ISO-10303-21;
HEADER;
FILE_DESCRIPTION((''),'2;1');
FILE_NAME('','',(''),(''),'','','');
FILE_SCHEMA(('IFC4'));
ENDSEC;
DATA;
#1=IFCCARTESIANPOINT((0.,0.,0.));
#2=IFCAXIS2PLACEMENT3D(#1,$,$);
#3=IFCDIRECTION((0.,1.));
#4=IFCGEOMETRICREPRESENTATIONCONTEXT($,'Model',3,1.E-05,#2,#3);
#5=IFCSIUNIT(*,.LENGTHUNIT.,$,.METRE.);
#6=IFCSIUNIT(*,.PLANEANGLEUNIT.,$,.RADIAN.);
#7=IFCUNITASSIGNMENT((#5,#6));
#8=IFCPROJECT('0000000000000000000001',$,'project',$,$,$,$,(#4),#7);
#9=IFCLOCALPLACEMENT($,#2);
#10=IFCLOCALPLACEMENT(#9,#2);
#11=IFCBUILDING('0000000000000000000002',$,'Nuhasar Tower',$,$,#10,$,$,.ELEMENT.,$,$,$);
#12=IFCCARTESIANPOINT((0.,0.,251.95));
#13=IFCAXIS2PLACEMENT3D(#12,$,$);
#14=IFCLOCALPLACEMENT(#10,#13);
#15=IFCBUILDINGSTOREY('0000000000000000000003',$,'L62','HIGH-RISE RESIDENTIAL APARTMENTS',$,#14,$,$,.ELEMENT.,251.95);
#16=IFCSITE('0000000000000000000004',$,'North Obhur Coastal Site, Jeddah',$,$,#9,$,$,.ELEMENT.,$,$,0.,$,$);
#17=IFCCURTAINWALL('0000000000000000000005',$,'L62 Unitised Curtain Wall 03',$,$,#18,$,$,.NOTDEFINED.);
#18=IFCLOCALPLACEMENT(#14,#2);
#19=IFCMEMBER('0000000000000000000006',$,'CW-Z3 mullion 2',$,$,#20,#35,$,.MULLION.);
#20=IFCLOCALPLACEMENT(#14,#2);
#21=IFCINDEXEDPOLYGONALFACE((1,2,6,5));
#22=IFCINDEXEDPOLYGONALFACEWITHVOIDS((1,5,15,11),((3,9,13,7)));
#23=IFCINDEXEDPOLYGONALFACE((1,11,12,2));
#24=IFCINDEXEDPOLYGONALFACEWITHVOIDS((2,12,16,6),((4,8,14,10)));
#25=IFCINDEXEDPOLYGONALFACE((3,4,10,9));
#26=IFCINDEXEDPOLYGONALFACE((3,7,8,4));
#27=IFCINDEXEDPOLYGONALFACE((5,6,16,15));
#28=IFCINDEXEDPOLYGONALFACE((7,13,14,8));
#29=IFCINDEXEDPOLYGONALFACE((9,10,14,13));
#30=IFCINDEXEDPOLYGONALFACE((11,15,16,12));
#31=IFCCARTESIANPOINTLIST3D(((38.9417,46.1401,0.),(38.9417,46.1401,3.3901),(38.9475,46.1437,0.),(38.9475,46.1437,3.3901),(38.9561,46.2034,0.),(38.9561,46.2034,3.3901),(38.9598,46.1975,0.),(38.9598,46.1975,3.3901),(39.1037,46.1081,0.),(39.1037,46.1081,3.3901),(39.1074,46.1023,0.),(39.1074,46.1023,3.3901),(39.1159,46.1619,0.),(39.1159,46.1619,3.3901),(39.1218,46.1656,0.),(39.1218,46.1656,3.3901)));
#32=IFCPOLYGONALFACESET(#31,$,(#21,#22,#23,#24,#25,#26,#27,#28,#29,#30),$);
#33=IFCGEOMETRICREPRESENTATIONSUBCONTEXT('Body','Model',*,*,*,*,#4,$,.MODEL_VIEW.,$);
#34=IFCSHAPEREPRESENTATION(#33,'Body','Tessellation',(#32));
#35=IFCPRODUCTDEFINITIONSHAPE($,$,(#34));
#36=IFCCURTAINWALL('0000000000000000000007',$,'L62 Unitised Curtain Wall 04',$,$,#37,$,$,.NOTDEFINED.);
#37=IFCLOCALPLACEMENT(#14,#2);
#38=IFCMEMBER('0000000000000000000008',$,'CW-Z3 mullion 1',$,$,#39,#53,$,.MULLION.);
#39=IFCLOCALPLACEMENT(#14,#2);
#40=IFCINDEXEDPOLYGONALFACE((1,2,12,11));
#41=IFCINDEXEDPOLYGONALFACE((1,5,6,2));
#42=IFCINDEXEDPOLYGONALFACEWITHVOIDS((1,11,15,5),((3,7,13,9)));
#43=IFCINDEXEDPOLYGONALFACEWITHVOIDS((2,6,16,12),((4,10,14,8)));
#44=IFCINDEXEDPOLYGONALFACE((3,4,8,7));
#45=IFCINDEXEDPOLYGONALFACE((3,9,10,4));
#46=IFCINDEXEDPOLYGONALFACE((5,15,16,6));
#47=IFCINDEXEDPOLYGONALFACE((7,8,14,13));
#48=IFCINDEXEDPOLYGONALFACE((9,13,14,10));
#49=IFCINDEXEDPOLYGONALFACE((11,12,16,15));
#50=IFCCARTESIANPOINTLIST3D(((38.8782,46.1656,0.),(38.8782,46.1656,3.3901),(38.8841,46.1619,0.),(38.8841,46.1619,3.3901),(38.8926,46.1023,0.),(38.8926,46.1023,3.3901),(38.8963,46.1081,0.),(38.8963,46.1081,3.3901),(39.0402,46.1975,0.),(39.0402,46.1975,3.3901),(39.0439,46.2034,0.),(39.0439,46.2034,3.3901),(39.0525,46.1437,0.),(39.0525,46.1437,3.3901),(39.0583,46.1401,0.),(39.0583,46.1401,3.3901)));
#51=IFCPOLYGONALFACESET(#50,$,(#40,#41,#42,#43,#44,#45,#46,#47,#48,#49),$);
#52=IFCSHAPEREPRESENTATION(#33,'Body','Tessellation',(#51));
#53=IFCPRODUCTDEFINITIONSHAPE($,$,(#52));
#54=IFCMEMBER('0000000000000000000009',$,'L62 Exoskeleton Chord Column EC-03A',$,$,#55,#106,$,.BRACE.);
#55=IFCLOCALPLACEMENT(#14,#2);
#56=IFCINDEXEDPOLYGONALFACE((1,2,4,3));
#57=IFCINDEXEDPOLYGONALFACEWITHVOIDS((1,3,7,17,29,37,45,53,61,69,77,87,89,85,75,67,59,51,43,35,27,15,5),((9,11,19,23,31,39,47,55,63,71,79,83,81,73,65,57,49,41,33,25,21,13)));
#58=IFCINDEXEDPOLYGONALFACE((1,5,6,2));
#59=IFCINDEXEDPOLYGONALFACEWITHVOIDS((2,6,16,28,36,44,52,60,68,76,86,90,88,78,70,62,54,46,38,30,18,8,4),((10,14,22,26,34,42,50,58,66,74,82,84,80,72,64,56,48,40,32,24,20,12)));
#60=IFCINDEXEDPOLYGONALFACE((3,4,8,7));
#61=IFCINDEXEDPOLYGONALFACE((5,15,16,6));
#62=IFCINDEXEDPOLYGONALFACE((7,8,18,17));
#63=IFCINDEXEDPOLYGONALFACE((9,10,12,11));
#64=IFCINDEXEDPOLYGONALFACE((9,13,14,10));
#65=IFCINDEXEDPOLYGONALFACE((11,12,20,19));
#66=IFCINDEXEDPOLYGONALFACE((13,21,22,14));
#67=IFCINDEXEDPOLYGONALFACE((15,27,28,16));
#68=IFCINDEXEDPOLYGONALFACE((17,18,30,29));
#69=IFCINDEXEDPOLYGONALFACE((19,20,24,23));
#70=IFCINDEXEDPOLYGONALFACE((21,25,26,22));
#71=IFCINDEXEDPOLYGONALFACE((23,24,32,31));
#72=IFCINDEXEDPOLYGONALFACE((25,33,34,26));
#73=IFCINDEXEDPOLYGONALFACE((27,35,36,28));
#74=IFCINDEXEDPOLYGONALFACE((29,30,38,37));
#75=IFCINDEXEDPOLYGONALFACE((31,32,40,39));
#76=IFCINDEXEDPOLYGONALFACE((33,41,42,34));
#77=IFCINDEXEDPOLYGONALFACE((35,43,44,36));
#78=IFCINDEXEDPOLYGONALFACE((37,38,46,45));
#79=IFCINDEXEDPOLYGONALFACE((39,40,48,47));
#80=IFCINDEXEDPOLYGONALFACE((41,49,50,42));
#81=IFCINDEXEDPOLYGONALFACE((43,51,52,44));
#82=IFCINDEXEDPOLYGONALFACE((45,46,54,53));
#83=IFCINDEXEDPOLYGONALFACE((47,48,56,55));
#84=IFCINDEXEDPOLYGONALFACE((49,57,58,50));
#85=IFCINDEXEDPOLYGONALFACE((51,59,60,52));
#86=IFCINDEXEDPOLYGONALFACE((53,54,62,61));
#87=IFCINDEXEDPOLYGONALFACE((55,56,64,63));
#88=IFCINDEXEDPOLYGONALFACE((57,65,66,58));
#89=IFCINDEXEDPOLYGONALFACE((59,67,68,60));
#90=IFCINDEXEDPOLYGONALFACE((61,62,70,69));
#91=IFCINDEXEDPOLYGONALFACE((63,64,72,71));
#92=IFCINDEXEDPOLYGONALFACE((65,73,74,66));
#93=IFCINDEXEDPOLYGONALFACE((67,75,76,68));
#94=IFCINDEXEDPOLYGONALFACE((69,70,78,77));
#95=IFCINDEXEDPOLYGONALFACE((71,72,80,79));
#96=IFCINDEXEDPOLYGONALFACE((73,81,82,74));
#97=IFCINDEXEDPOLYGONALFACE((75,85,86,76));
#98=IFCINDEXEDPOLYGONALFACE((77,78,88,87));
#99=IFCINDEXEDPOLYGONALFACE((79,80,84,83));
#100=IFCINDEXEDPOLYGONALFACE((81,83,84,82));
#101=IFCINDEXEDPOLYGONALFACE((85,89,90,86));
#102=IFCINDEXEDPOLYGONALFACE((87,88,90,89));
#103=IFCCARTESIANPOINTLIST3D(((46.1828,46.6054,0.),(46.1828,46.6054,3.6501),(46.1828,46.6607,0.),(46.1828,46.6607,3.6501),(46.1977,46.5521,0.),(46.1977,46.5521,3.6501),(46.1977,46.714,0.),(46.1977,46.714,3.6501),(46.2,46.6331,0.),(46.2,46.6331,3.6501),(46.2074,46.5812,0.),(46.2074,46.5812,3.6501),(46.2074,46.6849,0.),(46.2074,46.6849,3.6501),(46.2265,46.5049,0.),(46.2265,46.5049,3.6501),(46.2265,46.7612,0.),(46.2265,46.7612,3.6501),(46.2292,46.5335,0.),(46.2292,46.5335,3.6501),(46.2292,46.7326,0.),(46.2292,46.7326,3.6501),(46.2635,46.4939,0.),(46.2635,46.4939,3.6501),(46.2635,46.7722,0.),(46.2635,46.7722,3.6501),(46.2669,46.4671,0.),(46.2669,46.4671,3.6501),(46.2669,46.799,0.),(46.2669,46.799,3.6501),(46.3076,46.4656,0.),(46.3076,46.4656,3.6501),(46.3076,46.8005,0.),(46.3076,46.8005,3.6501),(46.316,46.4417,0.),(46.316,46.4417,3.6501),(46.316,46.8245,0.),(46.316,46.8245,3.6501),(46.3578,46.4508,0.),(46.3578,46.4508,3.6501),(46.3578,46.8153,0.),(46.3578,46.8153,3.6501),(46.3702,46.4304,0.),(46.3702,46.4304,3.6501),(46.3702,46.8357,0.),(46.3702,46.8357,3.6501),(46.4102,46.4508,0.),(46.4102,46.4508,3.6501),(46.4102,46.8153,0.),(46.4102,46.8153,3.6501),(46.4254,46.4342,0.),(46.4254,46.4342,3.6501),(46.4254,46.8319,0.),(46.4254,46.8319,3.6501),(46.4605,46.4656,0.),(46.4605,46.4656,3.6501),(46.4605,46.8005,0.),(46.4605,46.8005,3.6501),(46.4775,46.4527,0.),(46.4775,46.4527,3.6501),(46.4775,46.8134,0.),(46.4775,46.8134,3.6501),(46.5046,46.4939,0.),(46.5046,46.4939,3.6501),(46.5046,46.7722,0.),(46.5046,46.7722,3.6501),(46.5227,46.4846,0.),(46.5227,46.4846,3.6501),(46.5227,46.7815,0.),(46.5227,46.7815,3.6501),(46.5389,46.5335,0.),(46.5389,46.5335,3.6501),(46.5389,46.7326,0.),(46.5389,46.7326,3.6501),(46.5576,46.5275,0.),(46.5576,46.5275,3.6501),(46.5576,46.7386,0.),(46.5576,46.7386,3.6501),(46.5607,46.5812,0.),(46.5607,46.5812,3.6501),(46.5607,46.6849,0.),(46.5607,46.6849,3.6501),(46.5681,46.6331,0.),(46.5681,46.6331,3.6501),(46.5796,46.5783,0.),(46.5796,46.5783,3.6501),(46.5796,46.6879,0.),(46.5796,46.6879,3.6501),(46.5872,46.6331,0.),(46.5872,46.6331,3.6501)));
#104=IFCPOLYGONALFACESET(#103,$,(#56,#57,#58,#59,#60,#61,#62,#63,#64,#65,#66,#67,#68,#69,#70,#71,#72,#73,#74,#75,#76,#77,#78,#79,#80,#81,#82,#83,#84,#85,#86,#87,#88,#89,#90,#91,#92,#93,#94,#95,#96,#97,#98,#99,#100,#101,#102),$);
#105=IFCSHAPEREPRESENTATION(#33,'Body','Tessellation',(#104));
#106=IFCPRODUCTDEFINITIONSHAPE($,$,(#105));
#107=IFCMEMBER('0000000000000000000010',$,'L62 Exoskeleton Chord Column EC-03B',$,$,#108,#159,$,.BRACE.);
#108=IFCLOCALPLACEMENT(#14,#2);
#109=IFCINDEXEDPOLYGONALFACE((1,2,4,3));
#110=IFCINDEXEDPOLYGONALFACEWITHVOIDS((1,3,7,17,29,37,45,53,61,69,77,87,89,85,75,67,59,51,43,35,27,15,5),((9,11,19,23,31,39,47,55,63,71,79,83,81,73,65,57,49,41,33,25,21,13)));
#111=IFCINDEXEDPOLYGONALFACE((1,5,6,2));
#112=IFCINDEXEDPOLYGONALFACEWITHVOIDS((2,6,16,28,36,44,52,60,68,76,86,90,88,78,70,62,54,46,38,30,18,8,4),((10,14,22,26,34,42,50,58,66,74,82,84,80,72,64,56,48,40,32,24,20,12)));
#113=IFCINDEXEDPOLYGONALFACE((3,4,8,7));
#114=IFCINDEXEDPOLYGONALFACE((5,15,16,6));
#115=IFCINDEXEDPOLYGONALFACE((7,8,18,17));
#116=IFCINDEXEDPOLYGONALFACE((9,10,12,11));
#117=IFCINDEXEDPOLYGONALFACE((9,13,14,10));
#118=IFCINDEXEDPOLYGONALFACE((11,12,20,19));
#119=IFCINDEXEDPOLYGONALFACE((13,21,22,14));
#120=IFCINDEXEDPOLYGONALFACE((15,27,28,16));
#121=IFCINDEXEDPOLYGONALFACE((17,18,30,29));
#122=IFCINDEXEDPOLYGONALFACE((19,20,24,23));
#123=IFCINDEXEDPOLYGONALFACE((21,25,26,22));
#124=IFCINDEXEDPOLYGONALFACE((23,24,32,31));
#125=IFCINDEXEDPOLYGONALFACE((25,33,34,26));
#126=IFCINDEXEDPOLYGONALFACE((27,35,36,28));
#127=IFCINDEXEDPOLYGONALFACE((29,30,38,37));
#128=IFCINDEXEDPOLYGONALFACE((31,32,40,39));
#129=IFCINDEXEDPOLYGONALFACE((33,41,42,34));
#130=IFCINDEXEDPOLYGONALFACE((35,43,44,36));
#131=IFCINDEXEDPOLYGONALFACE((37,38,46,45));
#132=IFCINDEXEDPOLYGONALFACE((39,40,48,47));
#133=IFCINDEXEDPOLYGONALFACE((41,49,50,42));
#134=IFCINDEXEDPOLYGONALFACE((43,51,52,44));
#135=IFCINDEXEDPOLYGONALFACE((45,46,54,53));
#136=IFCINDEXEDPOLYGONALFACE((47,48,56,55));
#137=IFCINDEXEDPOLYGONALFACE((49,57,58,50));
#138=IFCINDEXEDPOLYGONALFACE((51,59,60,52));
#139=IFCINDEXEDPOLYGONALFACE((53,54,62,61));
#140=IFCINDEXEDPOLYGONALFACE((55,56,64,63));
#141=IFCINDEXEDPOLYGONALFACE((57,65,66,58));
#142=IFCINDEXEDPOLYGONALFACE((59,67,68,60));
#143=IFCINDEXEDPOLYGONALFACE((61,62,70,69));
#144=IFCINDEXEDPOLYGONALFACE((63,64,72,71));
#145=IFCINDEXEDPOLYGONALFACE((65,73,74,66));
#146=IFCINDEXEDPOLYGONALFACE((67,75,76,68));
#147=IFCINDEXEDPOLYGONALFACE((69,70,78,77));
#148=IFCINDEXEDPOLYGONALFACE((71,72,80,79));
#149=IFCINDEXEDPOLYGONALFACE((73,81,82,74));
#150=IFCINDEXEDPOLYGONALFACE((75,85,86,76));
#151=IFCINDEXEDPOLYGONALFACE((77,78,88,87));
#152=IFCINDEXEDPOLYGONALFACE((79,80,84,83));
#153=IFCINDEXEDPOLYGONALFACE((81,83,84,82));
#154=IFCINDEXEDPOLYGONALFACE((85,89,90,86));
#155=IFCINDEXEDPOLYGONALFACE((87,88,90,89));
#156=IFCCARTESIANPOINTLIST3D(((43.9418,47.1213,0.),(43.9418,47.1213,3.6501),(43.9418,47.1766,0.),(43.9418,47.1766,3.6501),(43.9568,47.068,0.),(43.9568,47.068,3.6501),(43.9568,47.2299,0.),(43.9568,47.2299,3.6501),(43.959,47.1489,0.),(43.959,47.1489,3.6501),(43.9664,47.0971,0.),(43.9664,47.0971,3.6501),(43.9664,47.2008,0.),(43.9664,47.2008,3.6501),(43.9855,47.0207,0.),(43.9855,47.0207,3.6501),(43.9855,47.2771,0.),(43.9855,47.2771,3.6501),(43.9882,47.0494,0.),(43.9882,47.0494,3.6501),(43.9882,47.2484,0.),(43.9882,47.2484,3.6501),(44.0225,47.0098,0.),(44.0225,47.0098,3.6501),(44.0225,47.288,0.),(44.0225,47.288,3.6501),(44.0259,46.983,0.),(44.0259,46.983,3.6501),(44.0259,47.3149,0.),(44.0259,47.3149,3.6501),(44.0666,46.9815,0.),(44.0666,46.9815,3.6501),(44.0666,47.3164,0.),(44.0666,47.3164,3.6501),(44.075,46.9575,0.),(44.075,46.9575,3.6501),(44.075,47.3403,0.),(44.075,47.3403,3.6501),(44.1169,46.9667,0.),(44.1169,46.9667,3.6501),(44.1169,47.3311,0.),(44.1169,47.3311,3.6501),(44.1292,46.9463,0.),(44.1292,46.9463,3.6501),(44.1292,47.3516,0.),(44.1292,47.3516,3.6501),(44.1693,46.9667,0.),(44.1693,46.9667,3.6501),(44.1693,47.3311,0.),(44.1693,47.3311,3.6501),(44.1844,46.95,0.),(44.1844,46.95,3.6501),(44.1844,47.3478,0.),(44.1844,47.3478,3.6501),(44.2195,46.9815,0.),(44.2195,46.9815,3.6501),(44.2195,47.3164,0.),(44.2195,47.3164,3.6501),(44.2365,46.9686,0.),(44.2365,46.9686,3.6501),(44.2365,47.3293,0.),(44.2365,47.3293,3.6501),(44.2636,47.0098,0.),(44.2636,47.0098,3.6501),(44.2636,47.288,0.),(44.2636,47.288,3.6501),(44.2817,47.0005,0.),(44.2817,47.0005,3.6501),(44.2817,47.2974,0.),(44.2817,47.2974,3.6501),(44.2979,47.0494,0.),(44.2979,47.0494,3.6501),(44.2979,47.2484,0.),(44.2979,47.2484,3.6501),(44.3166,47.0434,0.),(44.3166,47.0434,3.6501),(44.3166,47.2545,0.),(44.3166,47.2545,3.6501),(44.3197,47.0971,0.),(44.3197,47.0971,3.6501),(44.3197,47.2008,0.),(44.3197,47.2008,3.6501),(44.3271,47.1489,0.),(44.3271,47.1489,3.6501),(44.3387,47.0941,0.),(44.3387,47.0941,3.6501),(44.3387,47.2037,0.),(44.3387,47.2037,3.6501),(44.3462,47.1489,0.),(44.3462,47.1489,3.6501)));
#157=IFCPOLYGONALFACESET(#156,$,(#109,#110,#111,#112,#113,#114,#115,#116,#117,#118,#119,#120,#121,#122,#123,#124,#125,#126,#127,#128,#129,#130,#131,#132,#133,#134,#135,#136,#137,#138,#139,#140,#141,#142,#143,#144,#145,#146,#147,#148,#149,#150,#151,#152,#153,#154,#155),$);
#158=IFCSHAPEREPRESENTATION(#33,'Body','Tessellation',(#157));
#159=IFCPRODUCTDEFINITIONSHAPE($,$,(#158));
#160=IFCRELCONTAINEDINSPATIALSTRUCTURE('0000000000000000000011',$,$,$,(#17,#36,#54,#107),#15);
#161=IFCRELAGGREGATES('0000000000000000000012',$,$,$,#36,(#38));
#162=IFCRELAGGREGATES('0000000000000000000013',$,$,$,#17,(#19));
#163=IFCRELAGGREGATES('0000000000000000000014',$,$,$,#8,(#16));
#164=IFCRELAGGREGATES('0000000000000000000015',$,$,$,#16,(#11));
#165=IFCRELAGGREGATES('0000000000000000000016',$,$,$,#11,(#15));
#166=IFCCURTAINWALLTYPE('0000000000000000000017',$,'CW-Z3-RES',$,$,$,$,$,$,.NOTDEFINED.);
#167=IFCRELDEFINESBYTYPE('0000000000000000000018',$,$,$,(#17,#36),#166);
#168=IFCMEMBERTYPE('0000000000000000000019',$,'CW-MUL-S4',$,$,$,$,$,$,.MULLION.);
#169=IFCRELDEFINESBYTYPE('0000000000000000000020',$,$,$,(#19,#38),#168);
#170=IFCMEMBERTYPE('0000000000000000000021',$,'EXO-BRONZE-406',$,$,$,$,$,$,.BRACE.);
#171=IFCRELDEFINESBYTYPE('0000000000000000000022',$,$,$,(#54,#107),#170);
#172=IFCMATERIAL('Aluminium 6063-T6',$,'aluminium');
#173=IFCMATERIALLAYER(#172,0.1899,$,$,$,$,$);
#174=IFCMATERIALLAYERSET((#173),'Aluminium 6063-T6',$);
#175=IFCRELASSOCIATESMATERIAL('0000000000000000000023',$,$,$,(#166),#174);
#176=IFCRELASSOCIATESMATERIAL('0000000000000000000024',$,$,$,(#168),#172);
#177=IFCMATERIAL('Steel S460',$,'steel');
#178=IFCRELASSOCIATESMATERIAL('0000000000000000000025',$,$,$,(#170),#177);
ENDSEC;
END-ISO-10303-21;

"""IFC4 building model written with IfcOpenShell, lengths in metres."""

from ifc_helpers import new_model, si_unit, direction, frame, origin, origin_2d, place, context, subcontext, project, spatial, hollow_rectangle, hollow_circle, extrude, material, layer, layer_set, material_profile, profile_set, type_object, element, aggregate, save


model = new_model("IFC4")

# Units and contexts
model_context = context("Model", 3, precision=1e-05, world=origin(), true_north=direction((0.0, 1.0)))
body_context = subcontext(model_context, "Body", "Model", "MODEL_VIEW")
ifc_project = project(units=[si_unit("LENGTHUNIT", "METRE"), si_unit("PLANEANGLEUNIT", "RADIAN")], contexts=[model_context])

# Site, building, storey
site_placement = place(None, origin())
site = spatial("IfcSite", under=ifc_project, at=site_placement, Name="North Obhur Coastal Site, Jeddah", CompositionType="ELEMENT", RefElevation=0.0)
building_placement = place(site_placement, origin())
building = spatial("IfcBuilding", under=site, at=building_placement, Name="Nuhasar Tower", CompositionType="ELEMENT")
storey_placement = place(building_placement, frame((0.0, 0.0, 251.95)))
storey = spatial("IfcBuildingStorey", under=building, at=storey_placement, Name="L62", Description="HIGH-RISE RESIDENTIAL APARTMENTS", CompositionType="ELEMENT", Elevation=251.95)

# Curtain walls, members
ifc_material_1 = material(Name="Aluminium 6063-T6", Category="aluminium")
ifc_layer_1 = layer(ifc_material_1, 0.1899)
ifc_layer_set_1 = layer_set([ifc_layer_1], Name="Aluminium 6063-T6")
curtain_wall_type = type_object("IfcCurtainWallType", Name="CW-Z3-RES", PredefinedType="NOTDEFINED", material=ifc_layer_set_1)
curtain_wall_1_placement = place(storey_placement, origin())
curtain_wall_1 = element("IfcCurtainWall", 1, at=curtain_wall_1_placement, inside=storey, type_object=curtain_wall_type, Name="L62 Unitised Curtain Wall 03", PredefinedType="NOTDEFINED")
ifc_material_profile_1 = material_profile(ifc_material_1, hollow_rectangle(XDim=0.0649, YDim=0.1699, WallThickness=0.0049, at=origin_2d()), Name="CWM-4")
ifc_profile_set_1 = profile_set([ifc_material_profile_1], Name="Aluminium 6063-T6")
member_type_1 = type_object("IfcMemberType", Name="CW-MUL-S4", PredefinedType="MULLION", material=ifc_profile_set_1)
member_1_placement = place(storey_placement, frame((39.0317, 46.1528, 0.0), z_axis=(0.0, 0.0, 1.0), x_axis=(-0.222243, -0.974991, 0.0)))
member_1 = element("IfcMember", 2, at=member_1_placement, type_object=member_type_1, Name="CW-Z3 mullion 2", PredefinedType="MULLION", context=body_context, shape_type="SweptSolid", body=[
    extrude(hollow_rectangle(XDim=0.0649, YDim=0.1699, WallThickness=0.0049, at=origin_2d()), origin(), (0.0, 0.0, 1.0), 3.3901),
])
curtain_wall_2_placement = place(storey_placement, origin())
curtain_wall_2 = element("IfcCurtainWall", 3, at=curtain_wall_2_placement, inside=storey, type_object=curtain_wall_type, Name="L62 Unitised Curtain Wall 04", PredefinedType="NOTDEFINED")
member_2_placement = place(storey_placement, frame((38.9683, 46.1528, 0.0), z_axis=(0.0, 0.0, 1.0), x_axis=(0.222243, -0.974991, 0.0)))
member_2 = element("IfcMember", 4, at=member_2_placement, type_object=member_type_1, Name="CW-Z3 mullion 1", PredefinedType="MULLION", context=body_context, shape_type="SweptSolid", body=[
    extrude(hollow_rectangle(XDim=0.0649, YDim=0.1699, WallThickness=0.0049, at=origin_2d()), origin(), (0.0, 0.0, 1.0), 3.3901),
])
aggregate(curtain_wall_2, [member_2])

# Members
ifc_material_2 = material(Name="Steel S460", Category="steel")
ifc_material_profile_2 = material_profile(ifc_material_2, hollow_circle(Radius=0.2031, WallThickness=0.019, at=origin_2d()), Name="HSS406.4X19.1")
ifc_profile_set_2 = profile_set([ifc_material_profile_2], Name="Steel S460")
member_type_2 = type_object("IfcMemberType", Name="EXO-BRONZE-406", PredefinedType="BRACE", material=ifc_profile_set_2)
for number, where, z_axis, x_axis, name in (
    (5, (46.384, 46.6331, 0.0), (0.0, 0.0, 1.0), (1.0, 0.0, 0.0), "L62 Exoskeleton Chord Column EC-03A"),
    (6, (44.1431, 47.1489, 0.0), (0.0, 0.0, 1.0), (1.0, 0.0, 0.0), "L62 Exoskeleton Chord Column EC-03B"),
):
    element("IfcMember", number, at=place(storey_placement, frame(where, z_axis=z_axis, x_axis=x_axis)), inside=storey, type_object=member_type_2, Name=name, PredefinedType="BRACE", context=body_context, shape_type="SweptSolid", body=[
        extrude(hollow_circle(Radius=0.2031, WallThickness=0.019, at=origin_2d()), origin(), (0.0, 0.0, 1.0), 3.6501),
    ])

aggregate(curtain_wall_1, [member_1])

save(model, "model.ifc")
